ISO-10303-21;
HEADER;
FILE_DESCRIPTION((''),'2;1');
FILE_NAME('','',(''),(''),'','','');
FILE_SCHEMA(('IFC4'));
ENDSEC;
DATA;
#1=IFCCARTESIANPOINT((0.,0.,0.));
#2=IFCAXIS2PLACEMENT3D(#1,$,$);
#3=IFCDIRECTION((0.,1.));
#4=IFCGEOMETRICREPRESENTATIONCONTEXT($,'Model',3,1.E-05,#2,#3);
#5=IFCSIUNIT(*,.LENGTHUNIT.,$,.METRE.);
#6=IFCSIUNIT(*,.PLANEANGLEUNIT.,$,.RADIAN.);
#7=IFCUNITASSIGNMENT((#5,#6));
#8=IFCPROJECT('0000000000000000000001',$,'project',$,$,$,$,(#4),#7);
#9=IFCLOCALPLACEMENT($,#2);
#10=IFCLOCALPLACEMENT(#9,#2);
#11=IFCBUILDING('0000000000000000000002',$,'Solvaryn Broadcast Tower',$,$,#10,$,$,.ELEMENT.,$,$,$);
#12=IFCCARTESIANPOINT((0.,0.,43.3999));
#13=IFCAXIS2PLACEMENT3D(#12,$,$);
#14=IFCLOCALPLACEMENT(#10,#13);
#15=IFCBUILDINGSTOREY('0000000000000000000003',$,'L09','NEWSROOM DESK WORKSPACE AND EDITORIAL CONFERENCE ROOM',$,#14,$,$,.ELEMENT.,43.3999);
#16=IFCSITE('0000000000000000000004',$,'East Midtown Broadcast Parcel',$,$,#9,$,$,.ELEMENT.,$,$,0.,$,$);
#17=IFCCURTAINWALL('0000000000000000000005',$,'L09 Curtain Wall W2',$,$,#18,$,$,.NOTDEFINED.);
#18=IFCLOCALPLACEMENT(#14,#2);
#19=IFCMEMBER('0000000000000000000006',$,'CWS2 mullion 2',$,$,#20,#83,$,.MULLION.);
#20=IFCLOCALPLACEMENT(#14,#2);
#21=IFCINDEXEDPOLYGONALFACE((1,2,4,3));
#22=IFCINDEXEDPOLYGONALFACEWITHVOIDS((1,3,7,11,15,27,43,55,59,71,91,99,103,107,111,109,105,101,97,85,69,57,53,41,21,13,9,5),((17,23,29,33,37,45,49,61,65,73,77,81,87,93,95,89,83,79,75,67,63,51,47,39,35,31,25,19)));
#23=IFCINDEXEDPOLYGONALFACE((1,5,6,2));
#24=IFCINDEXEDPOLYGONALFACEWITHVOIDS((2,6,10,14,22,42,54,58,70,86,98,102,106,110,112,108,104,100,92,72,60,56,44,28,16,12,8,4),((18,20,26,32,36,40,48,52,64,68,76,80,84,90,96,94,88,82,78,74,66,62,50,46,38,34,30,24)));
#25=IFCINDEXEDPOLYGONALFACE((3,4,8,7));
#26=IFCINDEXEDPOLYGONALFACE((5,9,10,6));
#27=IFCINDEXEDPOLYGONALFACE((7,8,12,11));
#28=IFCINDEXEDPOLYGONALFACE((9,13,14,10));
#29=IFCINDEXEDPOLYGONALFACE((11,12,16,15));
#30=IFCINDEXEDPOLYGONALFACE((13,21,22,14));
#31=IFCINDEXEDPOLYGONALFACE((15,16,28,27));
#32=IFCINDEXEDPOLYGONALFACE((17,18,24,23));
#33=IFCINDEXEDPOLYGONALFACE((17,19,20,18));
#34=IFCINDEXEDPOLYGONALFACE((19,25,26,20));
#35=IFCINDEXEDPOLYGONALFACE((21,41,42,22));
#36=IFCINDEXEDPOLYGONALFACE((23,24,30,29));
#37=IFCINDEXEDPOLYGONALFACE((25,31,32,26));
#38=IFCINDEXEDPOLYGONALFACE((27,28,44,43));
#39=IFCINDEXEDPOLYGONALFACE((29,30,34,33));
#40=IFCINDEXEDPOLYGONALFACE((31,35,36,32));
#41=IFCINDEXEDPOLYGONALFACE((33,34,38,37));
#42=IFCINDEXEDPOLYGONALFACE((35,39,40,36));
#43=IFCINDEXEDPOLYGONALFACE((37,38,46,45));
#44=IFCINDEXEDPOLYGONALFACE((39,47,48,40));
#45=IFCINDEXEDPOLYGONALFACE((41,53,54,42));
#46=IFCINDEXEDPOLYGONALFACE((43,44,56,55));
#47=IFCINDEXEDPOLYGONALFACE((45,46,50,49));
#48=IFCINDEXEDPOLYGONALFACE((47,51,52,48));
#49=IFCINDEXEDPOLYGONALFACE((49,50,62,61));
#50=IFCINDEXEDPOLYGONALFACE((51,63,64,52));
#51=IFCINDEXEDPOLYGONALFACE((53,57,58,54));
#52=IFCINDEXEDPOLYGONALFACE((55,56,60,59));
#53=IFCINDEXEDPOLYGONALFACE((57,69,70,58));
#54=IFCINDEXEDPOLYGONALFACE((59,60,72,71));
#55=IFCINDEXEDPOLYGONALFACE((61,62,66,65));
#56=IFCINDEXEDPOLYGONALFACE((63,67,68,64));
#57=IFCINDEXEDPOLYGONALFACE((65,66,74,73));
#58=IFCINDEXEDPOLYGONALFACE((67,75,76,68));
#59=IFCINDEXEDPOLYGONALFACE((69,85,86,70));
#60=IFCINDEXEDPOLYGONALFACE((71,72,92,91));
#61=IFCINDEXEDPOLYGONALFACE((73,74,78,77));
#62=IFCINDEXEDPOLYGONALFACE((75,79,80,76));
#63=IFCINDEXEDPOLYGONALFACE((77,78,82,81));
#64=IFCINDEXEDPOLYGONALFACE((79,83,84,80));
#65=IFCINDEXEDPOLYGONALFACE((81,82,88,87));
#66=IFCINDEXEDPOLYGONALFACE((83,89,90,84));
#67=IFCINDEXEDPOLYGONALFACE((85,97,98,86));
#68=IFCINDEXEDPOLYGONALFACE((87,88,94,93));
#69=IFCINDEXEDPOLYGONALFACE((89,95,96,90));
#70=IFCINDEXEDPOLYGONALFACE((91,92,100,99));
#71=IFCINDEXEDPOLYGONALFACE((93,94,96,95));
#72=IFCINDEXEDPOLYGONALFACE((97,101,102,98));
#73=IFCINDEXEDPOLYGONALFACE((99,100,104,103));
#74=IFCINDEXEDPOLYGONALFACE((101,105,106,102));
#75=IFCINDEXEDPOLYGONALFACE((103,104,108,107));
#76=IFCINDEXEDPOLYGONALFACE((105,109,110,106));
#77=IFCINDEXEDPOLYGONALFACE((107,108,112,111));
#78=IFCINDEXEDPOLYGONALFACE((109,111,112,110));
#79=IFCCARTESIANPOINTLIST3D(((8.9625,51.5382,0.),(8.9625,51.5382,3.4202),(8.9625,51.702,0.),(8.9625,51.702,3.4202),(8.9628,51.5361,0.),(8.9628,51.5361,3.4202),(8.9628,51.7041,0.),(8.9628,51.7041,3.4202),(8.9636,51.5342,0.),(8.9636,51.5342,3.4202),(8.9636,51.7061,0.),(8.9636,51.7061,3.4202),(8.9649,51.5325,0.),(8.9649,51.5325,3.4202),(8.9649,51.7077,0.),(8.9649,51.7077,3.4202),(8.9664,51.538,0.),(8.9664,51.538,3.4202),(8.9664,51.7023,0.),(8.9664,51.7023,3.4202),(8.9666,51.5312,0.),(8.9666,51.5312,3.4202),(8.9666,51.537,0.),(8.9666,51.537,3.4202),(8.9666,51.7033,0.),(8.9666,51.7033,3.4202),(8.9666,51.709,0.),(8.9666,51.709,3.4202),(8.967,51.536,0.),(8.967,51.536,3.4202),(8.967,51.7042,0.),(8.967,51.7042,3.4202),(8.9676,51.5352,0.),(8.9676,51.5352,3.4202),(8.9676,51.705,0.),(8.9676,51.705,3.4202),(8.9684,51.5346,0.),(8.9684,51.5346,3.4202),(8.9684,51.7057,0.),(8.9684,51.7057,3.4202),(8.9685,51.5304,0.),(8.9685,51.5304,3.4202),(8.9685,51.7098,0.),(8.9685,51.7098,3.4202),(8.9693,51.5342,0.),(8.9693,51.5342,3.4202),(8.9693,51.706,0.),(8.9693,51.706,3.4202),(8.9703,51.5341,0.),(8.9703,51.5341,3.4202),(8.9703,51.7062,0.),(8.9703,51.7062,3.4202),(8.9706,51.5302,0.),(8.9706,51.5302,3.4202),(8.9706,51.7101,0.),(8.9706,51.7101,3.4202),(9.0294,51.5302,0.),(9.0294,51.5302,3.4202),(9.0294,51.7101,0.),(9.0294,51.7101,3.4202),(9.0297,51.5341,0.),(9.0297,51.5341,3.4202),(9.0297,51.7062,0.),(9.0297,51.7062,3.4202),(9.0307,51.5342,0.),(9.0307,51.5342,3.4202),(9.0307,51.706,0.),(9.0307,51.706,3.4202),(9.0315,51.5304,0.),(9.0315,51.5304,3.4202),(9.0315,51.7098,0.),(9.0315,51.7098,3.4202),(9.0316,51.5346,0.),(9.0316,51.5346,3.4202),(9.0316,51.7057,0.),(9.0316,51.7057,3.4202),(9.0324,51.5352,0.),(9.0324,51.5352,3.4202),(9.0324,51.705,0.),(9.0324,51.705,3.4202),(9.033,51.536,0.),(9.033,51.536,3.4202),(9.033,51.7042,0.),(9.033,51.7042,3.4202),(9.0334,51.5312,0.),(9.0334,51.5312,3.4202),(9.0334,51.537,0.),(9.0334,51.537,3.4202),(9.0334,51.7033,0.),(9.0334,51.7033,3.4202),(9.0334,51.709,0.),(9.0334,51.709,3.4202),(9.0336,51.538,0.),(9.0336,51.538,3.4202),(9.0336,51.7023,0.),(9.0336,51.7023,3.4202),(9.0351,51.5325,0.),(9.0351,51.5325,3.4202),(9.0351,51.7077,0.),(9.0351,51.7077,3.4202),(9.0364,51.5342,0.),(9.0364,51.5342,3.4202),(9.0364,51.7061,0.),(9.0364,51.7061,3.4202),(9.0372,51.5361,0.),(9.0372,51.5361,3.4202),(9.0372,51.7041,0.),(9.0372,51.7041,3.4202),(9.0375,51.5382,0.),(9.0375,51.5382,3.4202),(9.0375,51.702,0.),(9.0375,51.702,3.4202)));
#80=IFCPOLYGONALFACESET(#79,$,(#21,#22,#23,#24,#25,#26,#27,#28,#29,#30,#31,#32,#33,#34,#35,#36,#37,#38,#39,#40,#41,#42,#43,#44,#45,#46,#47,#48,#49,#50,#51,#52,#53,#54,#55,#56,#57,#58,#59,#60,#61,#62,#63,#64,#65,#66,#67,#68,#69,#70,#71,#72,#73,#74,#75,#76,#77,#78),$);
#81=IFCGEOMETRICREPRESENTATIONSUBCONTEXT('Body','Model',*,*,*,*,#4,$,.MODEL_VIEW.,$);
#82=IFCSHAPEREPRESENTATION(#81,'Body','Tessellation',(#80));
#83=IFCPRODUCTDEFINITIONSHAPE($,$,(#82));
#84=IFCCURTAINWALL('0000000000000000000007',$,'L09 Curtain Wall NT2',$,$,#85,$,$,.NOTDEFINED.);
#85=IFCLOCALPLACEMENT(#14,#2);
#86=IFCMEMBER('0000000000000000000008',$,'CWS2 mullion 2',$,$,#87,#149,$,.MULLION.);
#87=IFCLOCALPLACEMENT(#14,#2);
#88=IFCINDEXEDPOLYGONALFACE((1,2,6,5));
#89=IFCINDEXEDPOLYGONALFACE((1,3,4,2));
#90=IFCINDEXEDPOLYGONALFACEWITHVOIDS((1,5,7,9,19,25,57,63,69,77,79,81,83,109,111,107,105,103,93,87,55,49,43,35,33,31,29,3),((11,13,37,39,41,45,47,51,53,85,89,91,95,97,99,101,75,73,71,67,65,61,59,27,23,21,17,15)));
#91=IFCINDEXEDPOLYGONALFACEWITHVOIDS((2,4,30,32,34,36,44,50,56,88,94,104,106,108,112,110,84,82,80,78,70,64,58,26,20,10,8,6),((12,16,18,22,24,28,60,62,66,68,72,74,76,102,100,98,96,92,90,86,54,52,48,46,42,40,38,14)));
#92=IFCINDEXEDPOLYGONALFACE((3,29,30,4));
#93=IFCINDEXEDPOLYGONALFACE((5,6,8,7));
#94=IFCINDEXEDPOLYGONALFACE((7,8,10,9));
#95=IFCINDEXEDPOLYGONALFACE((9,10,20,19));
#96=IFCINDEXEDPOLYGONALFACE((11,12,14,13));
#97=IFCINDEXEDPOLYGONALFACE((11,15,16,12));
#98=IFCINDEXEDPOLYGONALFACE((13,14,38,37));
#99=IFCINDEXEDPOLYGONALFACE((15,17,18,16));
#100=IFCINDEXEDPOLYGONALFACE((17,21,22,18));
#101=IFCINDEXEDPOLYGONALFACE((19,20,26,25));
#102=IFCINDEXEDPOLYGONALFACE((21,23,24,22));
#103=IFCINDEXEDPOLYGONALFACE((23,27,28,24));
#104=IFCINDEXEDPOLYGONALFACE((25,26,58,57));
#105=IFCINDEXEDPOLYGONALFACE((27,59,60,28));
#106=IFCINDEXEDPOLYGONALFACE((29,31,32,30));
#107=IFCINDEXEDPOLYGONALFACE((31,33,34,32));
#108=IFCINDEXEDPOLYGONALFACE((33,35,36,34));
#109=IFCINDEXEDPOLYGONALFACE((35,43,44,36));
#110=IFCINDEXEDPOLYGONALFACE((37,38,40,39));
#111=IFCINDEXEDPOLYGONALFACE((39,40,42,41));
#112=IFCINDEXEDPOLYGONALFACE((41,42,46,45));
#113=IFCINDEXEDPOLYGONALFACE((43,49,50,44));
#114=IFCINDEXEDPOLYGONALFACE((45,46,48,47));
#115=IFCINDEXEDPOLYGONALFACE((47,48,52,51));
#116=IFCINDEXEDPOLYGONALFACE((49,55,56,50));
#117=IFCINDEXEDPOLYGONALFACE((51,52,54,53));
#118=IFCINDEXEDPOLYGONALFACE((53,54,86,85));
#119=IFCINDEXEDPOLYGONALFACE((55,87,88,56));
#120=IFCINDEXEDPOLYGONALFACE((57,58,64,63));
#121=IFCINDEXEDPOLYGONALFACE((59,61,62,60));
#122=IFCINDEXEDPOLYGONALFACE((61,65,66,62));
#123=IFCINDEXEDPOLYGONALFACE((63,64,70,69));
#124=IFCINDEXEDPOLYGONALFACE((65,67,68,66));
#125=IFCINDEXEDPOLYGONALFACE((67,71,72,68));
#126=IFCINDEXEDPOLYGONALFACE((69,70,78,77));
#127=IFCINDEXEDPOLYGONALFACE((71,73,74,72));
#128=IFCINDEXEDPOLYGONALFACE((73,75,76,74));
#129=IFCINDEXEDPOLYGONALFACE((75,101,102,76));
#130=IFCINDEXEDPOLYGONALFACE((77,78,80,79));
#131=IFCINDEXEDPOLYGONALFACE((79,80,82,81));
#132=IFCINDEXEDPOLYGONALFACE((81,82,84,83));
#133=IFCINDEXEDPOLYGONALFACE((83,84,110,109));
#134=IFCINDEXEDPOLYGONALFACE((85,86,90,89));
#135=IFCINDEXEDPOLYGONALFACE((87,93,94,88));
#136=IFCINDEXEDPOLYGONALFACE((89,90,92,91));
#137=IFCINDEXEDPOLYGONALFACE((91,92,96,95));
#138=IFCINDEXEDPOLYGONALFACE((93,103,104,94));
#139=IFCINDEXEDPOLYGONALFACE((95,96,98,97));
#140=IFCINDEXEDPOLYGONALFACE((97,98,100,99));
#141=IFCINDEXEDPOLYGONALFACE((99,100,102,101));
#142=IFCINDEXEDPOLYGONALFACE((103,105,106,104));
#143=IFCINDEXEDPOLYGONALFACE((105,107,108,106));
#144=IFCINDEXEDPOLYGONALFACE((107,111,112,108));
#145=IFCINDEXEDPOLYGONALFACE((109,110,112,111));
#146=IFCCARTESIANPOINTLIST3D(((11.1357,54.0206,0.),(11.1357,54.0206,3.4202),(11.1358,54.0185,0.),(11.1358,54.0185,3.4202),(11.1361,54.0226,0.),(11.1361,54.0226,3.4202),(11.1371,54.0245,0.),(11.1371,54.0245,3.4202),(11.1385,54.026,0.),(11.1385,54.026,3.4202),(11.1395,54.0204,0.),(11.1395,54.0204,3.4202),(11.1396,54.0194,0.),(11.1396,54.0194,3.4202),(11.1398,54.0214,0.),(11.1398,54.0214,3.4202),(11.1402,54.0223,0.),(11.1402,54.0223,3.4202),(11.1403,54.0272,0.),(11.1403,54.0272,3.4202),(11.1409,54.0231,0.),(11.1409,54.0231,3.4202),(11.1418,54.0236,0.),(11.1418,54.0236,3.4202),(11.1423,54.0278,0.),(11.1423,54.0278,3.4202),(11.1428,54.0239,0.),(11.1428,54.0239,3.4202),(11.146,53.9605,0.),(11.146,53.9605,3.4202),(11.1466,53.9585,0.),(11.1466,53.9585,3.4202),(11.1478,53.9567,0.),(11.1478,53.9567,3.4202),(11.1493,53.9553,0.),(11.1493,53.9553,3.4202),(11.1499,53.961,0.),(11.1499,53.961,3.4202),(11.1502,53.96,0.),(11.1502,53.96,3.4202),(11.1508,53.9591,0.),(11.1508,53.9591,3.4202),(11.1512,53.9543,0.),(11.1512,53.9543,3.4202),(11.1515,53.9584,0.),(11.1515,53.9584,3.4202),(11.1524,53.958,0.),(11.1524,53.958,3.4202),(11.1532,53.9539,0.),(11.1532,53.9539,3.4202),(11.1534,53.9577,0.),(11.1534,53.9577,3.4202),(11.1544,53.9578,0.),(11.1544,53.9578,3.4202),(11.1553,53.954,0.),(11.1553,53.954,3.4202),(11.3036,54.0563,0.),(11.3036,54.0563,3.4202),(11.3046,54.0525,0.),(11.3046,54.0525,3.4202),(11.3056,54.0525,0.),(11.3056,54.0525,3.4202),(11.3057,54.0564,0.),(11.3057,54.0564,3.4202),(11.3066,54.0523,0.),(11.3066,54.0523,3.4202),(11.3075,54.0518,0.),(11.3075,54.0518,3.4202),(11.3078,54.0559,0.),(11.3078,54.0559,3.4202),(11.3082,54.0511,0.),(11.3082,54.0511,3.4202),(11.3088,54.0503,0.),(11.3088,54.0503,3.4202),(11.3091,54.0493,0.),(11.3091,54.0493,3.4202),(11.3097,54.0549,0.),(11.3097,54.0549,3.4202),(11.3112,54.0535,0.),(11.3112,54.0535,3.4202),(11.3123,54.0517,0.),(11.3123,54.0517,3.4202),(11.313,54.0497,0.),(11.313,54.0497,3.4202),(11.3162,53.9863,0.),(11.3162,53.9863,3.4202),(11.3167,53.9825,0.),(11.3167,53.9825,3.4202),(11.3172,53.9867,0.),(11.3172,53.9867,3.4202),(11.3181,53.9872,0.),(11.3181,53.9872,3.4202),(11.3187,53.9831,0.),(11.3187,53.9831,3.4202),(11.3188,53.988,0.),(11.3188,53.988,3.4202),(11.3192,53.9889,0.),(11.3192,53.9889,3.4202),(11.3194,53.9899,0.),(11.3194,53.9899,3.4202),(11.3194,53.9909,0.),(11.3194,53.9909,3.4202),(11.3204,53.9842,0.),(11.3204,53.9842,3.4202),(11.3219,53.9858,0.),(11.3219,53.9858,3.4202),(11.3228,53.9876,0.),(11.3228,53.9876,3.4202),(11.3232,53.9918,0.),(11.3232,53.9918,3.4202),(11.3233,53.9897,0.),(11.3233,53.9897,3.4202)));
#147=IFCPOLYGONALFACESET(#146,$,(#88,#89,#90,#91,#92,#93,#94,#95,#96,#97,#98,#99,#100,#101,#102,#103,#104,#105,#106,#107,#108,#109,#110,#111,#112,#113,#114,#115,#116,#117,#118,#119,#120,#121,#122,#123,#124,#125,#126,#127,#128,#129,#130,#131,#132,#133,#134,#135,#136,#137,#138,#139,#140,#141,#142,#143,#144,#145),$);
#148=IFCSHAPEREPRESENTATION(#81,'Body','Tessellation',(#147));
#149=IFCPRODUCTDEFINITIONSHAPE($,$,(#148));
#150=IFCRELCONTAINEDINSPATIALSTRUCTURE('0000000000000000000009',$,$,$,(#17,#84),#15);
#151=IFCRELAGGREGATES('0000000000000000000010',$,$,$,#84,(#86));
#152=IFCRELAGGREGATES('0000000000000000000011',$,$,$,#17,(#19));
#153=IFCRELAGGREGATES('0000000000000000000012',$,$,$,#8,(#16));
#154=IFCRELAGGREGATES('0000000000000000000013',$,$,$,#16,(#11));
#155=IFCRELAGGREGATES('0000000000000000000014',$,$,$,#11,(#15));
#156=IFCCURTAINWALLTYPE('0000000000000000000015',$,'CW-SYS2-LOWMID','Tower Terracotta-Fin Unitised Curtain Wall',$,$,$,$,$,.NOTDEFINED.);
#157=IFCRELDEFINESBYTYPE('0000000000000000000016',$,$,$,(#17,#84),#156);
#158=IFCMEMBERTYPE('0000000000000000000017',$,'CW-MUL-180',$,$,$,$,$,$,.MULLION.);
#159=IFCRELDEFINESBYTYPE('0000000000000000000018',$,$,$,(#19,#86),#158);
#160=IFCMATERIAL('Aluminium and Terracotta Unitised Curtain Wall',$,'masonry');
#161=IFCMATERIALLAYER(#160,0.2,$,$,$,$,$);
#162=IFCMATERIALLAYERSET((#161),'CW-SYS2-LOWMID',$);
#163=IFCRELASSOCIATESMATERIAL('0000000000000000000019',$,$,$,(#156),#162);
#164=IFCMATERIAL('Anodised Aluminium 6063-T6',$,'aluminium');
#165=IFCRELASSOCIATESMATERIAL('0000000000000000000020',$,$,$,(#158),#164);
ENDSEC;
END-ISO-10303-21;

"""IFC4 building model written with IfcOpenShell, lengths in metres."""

from ifc_helpers import new_model, si_unit, direction, frame, origin, origin_2d, place, context, subcontext, project, spatial, hollow_rectangle, extrude, material, layer, layer_set, material_profile, profile_set, type_object, element, aggregate, save


model = new_model("IFC4")

# Units and contexts
model_context = context("Model", 3, precision=1e-05, world=origin(), true_north=direction((0.0, 1.0)))
body_context = subcontext(model_context, "Body", "Model", "MODEL_VIEW")
ifc_project = project(units=[si_unit("LENGTHUNIT", "METRE"), si_unit("PLANEANGLEUNIT", "RADIAN")], contexts=[model_context])

# Site, building, storey
site_placement = place(None, origin())
site = spatial("IfcSite", under=ifc_project, at=site_placement, Name="East Midtown Broadcast Parcel", CompositionType="ELEMENT", RefElevation=0.0)
building_placement = place(site_placement, origin())
building = spatial("IfcBuilding", under=site, at=building_placement, Name="Solvaryn Broadcast Tower", CompositionType="ELEMENT")
storey_placement = place(building_placement, frame((0.0, 0.0, 43.3999)))
storey = spatial("IfcBuildingStorey", under=building, at=storey_placement, Name="L09", Description="NEWSROOM DESK WORKSPACE AND EDITORIAL CONFERENCE ROOM", CompositionType="ELEMENT", Elevation=43.3999)

# Shared definitions
ifc_material_1 = material(Name="Aluminium and Terracotta Unitised Curtain Wall", Category="masonry")
ifc_layer_1 = layer(ifc_material_1, 0.2)
ifc_layer_set_1 = layer_set([ifc_layer_1], Name="CW-SYS2-LOWMID")
curtain_wall_type = type_object("IfcCurtainWallType", Name="CW-SYS2-LOWMID", Description="Tower Terracotta-Fin Unitised Curtain Wall", PredefinedType="NOTDEFINED", material=ifc_layer_set_1)
ifc_material_2 = material(Name="Anodised Aluminium 6063-T6", Category="aluminium")
ifc_material_profile_1 = material_profile(ifc_material_2, hollow_rectangle(XDim=0.075, YDim=0.1799, WallThickness=0.0039, InnerFilletRadius=0.0039, OuterFilletRadius=0.0081, at=origin_2d()))
ifc_profile_set_1 = profile_set([ifc_material_profile_1], Name="Anodised Aluminium 6063-T6")
member_type_1 = type_object("IfcMemberType", Name="CW-MUL-180", PredefinedType="MULLION", material=ifc_profile_set_1)

# Curtain wall, member
curtain_wall_1_placement = place(storey_placement, origin())
curtain_wall_1 = element("IfcCurtainWall", 1, at=curtain_wall_1_placement, inside=storey, type_object=curtain_wall_type, Name="L09 Curtain Wall W2", PredefinedType="NOTDEFINED")
member_1_placement = place(storey_placement, frame((9.0, 51.6201, 0.0), z_axis=(0.0, 0.0, 1.0), x_axis=(-1.0, 0.0, 0.0)))
member_1 = element("IfcMember", 2, at=member_1_placement, type_object=member_type_1, Name="CWS2 mullion 2", PredefinedType="MULLION", context=body_context, shape_type="SweptSolid", body=[
    extrude(hollow_rectangle(XDim=0.075, YDim=0.1799, WallThickness=0.0039, InnerFilletRadius=0.0039, OuterFilletRadius=0.0081, at=origin_2d()), origin(), (0.0, 0.0, 1.0), 3.4202),
])

# Curtain wall, member
curtain_wall_2_placement = place(storey_placement, origin())
curtain_wall_2 = element("IfcCurtainWall", 3, at=curtain_wall_2_placement, inside=storey, type_object=curtain_wall_type, Name="L09 Curtain Wall NT2", PredefinedType="NOTDEFINED")
member_2_placement = place(storey_placement, frame((11.2295, 54.0051, 0.0), z_axis=(0.0, 0.0, 1.0), x_axis=(0.173785, -0.984784, 0.0)))
member_2 = element("IfcMember", 4, at=member_2_placement, type_object=member_type_1, Name="CWS2 mullion 2", PredefinedType="MULLION", context=body_context, shape_type="SweptSolid", body=[
    extrude(hollow_rectangle(XDim=0.075, YDim=0.1799, WallThickness=0.0039, InnerFilletRadius=0.0039, OuterFilletRadius=0.0081, at=origin_2d()), origin(), (0.0, 0.0, 1.0), 3.4202),
])
aggregate(curtain_wall_2, [member_2])

aggregate(curtain_wall_1, [member_1])

save(model, "model.ifc")
